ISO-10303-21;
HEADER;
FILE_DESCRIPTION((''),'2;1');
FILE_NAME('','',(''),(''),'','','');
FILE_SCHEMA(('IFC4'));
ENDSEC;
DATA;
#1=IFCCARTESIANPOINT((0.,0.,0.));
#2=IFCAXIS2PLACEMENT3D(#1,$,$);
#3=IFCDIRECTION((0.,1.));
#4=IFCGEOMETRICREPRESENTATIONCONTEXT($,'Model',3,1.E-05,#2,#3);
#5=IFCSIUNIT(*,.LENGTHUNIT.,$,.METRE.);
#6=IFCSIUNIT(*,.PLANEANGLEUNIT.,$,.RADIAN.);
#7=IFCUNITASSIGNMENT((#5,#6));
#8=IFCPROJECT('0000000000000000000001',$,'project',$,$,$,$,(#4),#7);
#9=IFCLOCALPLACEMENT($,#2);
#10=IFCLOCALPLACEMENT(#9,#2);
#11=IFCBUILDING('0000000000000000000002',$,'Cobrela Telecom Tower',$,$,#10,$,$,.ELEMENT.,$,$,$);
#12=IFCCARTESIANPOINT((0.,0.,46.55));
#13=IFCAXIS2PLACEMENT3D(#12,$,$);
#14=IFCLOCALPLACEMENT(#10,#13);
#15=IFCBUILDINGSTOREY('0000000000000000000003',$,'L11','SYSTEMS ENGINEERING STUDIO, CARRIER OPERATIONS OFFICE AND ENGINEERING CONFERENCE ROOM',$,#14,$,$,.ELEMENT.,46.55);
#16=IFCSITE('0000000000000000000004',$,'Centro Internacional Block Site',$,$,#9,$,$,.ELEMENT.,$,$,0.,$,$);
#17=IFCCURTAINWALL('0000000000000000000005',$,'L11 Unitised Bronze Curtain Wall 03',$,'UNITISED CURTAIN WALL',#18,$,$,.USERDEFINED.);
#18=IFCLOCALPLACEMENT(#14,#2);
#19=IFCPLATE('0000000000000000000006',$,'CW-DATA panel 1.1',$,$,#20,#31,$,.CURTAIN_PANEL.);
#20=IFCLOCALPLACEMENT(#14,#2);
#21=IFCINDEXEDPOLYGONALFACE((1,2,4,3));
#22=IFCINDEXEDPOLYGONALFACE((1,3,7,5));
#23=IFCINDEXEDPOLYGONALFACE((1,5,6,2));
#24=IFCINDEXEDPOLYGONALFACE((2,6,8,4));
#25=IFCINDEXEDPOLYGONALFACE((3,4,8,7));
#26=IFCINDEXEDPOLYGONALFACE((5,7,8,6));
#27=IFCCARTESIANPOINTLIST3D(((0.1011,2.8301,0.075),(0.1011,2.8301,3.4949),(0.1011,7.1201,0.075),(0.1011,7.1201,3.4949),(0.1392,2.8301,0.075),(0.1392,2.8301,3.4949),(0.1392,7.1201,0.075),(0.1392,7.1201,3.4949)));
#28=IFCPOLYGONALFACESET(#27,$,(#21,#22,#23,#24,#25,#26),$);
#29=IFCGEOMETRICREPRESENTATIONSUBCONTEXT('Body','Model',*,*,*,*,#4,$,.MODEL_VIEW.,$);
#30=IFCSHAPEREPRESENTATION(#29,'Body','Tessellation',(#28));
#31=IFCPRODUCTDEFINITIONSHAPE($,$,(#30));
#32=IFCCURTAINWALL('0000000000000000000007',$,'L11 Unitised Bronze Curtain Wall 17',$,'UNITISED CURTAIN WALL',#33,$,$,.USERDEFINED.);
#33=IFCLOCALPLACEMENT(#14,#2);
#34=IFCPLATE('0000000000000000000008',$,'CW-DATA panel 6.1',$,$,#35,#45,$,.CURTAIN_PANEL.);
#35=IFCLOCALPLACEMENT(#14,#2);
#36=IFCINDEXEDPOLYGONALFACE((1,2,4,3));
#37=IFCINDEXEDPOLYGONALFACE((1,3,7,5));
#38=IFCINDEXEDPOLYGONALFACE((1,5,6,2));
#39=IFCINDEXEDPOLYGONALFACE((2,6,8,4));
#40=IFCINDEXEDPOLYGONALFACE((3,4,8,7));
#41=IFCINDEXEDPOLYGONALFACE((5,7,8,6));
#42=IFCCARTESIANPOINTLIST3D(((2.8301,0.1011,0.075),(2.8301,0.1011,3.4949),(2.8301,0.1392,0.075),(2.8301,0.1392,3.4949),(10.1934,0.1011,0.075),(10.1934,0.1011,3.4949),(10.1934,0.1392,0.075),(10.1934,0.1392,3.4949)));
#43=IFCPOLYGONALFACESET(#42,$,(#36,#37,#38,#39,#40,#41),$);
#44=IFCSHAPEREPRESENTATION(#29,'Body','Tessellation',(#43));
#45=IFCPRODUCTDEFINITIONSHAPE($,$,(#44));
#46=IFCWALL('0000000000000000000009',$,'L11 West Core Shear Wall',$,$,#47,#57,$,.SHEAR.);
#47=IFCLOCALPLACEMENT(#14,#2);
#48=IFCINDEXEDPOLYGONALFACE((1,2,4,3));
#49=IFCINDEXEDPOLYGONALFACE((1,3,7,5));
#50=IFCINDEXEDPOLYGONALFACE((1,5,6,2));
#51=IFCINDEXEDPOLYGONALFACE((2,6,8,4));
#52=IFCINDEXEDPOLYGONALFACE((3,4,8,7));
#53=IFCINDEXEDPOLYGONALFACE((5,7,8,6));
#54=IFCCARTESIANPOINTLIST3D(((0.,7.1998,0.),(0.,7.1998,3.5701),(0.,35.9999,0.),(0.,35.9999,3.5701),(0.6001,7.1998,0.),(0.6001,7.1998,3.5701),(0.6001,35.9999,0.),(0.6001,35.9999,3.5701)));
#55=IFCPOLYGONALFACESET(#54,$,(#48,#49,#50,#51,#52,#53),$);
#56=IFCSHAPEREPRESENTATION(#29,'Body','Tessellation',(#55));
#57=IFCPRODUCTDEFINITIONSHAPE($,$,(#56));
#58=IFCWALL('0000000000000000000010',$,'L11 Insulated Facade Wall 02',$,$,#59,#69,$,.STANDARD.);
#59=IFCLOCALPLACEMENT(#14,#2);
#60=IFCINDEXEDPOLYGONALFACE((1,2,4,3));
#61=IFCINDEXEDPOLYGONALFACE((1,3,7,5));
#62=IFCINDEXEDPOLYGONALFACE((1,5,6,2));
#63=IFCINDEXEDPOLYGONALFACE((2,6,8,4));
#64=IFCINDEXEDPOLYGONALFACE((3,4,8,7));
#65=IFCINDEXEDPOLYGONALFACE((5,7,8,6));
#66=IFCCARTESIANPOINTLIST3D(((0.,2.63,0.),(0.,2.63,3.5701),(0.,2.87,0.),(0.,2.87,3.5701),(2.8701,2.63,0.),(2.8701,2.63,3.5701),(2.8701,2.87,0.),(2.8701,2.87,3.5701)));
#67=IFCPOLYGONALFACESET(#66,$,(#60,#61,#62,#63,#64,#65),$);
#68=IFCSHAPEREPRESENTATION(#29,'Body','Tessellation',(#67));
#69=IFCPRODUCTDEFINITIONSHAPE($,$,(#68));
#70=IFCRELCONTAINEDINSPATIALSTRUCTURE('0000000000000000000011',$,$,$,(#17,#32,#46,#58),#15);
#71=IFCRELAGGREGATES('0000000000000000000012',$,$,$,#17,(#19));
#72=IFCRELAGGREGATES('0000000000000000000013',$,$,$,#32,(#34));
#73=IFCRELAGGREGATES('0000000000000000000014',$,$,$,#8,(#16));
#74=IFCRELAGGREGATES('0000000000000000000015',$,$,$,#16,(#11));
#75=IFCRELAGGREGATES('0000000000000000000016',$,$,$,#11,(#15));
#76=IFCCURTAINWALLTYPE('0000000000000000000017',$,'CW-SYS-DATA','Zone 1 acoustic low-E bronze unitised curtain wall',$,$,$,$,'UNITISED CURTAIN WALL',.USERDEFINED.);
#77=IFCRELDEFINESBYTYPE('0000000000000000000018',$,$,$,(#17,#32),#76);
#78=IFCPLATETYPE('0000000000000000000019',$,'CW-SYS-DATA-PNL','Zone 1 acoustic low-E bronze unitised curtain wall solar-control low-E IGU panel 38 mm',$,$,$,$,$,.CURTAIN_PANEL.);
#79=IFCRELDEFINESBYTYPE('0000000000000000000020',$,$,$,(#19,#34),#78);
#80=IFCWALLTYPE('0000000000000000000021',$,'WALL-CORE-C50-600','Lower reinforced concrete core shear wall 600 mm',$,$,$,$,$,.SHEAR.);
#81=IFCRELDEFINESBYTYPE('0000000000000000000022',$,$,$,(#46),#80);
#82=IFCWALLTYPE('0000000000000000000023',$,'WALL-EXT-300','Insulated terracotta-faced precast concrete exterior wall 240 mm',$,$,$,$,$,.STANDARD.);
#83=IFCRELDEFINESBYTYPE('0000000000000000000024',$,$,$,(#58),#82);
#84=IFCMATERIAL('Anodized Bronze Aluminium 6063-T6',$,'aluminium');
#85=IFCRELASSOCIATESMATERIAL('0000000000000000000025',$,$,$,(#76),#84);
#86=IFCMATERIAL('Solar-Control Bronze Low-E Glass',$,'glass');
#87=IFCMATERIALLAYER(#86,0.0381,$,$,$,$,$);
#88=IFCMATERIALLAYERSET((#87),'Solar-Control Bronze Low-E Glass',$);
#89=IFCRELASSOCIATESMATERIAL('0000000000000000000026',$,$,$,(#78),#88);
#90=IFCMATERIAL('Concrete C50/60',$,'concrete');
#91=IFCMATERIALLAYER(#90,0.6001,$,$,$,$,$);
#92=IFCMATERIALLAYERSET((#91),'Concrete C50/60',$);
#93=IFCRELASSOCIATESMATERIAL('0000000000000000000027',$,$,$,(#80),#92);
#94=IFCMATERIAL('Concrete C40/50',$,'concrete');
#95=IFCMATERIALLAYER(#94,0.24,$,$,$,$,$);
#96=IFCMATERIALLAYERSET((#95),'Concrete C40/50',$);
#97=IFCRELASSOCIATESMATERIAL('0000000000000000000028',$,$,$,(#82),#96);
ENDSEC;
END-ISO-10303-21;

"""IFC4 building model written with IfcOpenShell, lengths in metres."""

from ifc_helpers import new_model, si_unit, direction, frame, frame_2d, origin, origin_2d, place, context, subcontext, project, spatial, rectangle, extrude, material, layer, layer_set, type_object, element, aggregate, save


model = new_model("IFC4")

# Units and contexts
model_context = context("Model", 3, precision=1e-05, world=origin(), true_north=direction((0.0, 1.0)))
body_context = subcontext(model_context, "Body", "Model", "MODEL_VIEW")
ifc_project = project(units=[si_unit("LENGTHUNIT", "METRE"), si_unit("PLANEANGLEUNIT", "RADIAN")], contexts=[model_context])

# Site, building, storey
site_placement = place(None, origin())
site = spatial("IfcSite", under=ifc_project, at=site_placement, Name="Centro Internacional Block Site", CompositionType="ELEMENT", RefElevation=0.0)
building_placement = place(site_placement, origin())
building = spatial("IfcBuilding", under=site, at=building_placement, Name="Cobrela Telecom Tower", CompositionType="ELEMENT")
storey_placement = place(building_placement, frame((0.0, 0.0, 46.55)))
storey = spatial("IfcBuildingStorey", under=building, at=storey_placement, Name="L11", Description="SYSTEMS ENGINEERING STUDIO, CARRIER OPERATIONS OFFICE AND ENGINEERING CONFERENCE ROOM", CompositionType="ELEMENT", Elevation=46.55)

# Curtain wall, plate
ifc_material_1 = material(Name="Anodized Bronze Aluminium 6063-T6", Category="aluminium")
curtain_wall_type = type_object("IfcCurtainWallType", Name="CW-SYS-DATA", Description="Zone 1 acoustic low-E bronze unitised curtain wall", ElementType="UNITISED CURTAIN WALL", PredefinedType="USERDEFINED", material=ifc_material_1)
curtain_wall_1_placement = place(storey_placement, origin())
curtain_wall_1 = element("IfcCurtainWall", 1, at=curtain_wall_1_placement, inside=storey, type_object=curtain_wall_type, Name="L11 Unitised Bronze Curtain Wall 03", ObjectType="UNITISED CURTAIN WALL", PredefinedType="USERDEFINED")
ifc_material_2 = material(Name="Solar-Control Bronze Low-E Glass", Category="glass")
ifc_layer_1 = layer(ifc_material_2, 0.0381)
ifc_layer_set_1 = layer_set([ifc_layer_1], Name="Solar-Control Bronze Low-E Glass")
plate_type = type_object("IfcPlateType", Name="CW-SYS-DATA-PNL", Description="Zone 1 acoustic low-E bronze unitised curtain wall solar-control low-E IGU panel 38 mm", PredefinedType="CURTAIN_PANEL", material=ifc_layer_set_1)
plate_1_placement = place(storey_placement, frame((0.1201, 4.9751, 0.075), z_axis=(0.0, 0.0, 1.0), x_axis=(0.0, 1.0, 0.0)))
plate_1 = element("IfcPlate", 2, at=plate_1_placement, type_object=plate_type, Name="CW-DATA panel 1.1", PredefinedType="CURTAIN_PANEL", context=body_context, shape_type="SweptSolid", body=[
    extrude(rectangle(XDim=4.29, YDim=0.0381, at=origin_2d()), origin(), (0.0, 0.0, 1.0), 3.4199),
])
aggregate(curtain_wall_1, [plate_1])

# Curtain wall, plate
curtain_wall_2_placement = place(storey_placement, origin())
curtain_wall_2 = element("IfcCurtainWall", 3, at=curtain_wall_2_placement, inside=storey, type_object=curtain_wall_type, Name="L11 Unitised Bronze Curtain Wall 17", ObjectType="UNITISED CURTAIN WALL", PredefinedType="USERDEFINED")
plate_2_placement = place(storey_placement, frame((6.5117, 0.1201, 0.075), z_axis=(0.0, 0.0, 1.0), x_axis=(-1.0, 0.0, 0.0)))
plate_2 = element("IfcPlate", 4, at=plate_2_placement, type_object=plate_type, Name="CW-DATA panel 6.1", PredefinedType="CURTAIN_PANEL", context=body_context, shape_type="SweptSolid", body=[
    extrude(rectangle(XDim=7.3633, YDim=0.0381, at=origin_2d()), origin(), (0.0, 0.0, 1.0), 3.4199),
])
aggregate(curtain_wall_2, [plate_2])

# Walls
ifc_material_3 = material(Name="Concrete C50/60", Category="concrete")
ifc_layer_2 = layer(ifc_material_3, 0.6001)
ifc_layer_set_2 = layer_set([ifc_layer_2], Name="Concrete C50/60")
wall_type_1 = type_object("IfcWallType", Name="WALL-CORE-C50-600", Description="Lower reinforced concrete core shear wall 600 mm", PredefinedType="SHEAR", material=ifc_layer_set_2)
wall_1_placement = place(storey_placement, frame((0.3, 7.2, 0.0), z_axis=(0.0, 0.0, 1.0), x_axis=(0.0, 1.0, 0.0)))
element("IfcWall", 5, at=wall_1_placement, inside=storey, type_object=wall_type_1, Name="L11 West Core Shear Wall", PredefinedType="SHEAR", context=body_context, shape_type="SweptSolid", body=[
    extrude(rectangle(XDim=28.8, YDim=0.6001, at=frame_2d((14.3999, 0.0))), origin(), (0.0, 0.0, 1.0), 3.5701),
])
ifc_material_4 = material(Name="Concrete C40/50", Category="concrete")
ifc_layer_3 = layer(ifc_material_4, 0.24)
ifc_layer_set_3 = layer_set([ifc_layer_3], Name="Concrete C40/50")
wall_type_2 = type_object("IfcWallType", Name="WALL-EXT-300", Description="Insulated terracotta-faced precast concrete exterior wall 240 mm", PredefinedType="STANDARD", material=ifc_layer_set_3)
wall_2_placement = place(storey_placement, frame((2.8701, 2.75, 0.0), z_axis=(0.0, 0.0, 1.0), x_axis=(-1.0, 0.0, 0.0)))
element("IfcWall", 6, at=wall_2_placement, inside=storey, type_object=wall_type_2, Name="L11 Insulated Facade Wall 02", PredefinedType="STANDARD", context=body_context, shape_type="SweptSolid", body=[
    extrude(rectangle(XDim=2.8701, YDim=0.24, at=frame_2d((1.4351, 0.0))), origin(), (0.0, 0.0, 1.0), 3.5701),
])

save(model, "model.ifc")
